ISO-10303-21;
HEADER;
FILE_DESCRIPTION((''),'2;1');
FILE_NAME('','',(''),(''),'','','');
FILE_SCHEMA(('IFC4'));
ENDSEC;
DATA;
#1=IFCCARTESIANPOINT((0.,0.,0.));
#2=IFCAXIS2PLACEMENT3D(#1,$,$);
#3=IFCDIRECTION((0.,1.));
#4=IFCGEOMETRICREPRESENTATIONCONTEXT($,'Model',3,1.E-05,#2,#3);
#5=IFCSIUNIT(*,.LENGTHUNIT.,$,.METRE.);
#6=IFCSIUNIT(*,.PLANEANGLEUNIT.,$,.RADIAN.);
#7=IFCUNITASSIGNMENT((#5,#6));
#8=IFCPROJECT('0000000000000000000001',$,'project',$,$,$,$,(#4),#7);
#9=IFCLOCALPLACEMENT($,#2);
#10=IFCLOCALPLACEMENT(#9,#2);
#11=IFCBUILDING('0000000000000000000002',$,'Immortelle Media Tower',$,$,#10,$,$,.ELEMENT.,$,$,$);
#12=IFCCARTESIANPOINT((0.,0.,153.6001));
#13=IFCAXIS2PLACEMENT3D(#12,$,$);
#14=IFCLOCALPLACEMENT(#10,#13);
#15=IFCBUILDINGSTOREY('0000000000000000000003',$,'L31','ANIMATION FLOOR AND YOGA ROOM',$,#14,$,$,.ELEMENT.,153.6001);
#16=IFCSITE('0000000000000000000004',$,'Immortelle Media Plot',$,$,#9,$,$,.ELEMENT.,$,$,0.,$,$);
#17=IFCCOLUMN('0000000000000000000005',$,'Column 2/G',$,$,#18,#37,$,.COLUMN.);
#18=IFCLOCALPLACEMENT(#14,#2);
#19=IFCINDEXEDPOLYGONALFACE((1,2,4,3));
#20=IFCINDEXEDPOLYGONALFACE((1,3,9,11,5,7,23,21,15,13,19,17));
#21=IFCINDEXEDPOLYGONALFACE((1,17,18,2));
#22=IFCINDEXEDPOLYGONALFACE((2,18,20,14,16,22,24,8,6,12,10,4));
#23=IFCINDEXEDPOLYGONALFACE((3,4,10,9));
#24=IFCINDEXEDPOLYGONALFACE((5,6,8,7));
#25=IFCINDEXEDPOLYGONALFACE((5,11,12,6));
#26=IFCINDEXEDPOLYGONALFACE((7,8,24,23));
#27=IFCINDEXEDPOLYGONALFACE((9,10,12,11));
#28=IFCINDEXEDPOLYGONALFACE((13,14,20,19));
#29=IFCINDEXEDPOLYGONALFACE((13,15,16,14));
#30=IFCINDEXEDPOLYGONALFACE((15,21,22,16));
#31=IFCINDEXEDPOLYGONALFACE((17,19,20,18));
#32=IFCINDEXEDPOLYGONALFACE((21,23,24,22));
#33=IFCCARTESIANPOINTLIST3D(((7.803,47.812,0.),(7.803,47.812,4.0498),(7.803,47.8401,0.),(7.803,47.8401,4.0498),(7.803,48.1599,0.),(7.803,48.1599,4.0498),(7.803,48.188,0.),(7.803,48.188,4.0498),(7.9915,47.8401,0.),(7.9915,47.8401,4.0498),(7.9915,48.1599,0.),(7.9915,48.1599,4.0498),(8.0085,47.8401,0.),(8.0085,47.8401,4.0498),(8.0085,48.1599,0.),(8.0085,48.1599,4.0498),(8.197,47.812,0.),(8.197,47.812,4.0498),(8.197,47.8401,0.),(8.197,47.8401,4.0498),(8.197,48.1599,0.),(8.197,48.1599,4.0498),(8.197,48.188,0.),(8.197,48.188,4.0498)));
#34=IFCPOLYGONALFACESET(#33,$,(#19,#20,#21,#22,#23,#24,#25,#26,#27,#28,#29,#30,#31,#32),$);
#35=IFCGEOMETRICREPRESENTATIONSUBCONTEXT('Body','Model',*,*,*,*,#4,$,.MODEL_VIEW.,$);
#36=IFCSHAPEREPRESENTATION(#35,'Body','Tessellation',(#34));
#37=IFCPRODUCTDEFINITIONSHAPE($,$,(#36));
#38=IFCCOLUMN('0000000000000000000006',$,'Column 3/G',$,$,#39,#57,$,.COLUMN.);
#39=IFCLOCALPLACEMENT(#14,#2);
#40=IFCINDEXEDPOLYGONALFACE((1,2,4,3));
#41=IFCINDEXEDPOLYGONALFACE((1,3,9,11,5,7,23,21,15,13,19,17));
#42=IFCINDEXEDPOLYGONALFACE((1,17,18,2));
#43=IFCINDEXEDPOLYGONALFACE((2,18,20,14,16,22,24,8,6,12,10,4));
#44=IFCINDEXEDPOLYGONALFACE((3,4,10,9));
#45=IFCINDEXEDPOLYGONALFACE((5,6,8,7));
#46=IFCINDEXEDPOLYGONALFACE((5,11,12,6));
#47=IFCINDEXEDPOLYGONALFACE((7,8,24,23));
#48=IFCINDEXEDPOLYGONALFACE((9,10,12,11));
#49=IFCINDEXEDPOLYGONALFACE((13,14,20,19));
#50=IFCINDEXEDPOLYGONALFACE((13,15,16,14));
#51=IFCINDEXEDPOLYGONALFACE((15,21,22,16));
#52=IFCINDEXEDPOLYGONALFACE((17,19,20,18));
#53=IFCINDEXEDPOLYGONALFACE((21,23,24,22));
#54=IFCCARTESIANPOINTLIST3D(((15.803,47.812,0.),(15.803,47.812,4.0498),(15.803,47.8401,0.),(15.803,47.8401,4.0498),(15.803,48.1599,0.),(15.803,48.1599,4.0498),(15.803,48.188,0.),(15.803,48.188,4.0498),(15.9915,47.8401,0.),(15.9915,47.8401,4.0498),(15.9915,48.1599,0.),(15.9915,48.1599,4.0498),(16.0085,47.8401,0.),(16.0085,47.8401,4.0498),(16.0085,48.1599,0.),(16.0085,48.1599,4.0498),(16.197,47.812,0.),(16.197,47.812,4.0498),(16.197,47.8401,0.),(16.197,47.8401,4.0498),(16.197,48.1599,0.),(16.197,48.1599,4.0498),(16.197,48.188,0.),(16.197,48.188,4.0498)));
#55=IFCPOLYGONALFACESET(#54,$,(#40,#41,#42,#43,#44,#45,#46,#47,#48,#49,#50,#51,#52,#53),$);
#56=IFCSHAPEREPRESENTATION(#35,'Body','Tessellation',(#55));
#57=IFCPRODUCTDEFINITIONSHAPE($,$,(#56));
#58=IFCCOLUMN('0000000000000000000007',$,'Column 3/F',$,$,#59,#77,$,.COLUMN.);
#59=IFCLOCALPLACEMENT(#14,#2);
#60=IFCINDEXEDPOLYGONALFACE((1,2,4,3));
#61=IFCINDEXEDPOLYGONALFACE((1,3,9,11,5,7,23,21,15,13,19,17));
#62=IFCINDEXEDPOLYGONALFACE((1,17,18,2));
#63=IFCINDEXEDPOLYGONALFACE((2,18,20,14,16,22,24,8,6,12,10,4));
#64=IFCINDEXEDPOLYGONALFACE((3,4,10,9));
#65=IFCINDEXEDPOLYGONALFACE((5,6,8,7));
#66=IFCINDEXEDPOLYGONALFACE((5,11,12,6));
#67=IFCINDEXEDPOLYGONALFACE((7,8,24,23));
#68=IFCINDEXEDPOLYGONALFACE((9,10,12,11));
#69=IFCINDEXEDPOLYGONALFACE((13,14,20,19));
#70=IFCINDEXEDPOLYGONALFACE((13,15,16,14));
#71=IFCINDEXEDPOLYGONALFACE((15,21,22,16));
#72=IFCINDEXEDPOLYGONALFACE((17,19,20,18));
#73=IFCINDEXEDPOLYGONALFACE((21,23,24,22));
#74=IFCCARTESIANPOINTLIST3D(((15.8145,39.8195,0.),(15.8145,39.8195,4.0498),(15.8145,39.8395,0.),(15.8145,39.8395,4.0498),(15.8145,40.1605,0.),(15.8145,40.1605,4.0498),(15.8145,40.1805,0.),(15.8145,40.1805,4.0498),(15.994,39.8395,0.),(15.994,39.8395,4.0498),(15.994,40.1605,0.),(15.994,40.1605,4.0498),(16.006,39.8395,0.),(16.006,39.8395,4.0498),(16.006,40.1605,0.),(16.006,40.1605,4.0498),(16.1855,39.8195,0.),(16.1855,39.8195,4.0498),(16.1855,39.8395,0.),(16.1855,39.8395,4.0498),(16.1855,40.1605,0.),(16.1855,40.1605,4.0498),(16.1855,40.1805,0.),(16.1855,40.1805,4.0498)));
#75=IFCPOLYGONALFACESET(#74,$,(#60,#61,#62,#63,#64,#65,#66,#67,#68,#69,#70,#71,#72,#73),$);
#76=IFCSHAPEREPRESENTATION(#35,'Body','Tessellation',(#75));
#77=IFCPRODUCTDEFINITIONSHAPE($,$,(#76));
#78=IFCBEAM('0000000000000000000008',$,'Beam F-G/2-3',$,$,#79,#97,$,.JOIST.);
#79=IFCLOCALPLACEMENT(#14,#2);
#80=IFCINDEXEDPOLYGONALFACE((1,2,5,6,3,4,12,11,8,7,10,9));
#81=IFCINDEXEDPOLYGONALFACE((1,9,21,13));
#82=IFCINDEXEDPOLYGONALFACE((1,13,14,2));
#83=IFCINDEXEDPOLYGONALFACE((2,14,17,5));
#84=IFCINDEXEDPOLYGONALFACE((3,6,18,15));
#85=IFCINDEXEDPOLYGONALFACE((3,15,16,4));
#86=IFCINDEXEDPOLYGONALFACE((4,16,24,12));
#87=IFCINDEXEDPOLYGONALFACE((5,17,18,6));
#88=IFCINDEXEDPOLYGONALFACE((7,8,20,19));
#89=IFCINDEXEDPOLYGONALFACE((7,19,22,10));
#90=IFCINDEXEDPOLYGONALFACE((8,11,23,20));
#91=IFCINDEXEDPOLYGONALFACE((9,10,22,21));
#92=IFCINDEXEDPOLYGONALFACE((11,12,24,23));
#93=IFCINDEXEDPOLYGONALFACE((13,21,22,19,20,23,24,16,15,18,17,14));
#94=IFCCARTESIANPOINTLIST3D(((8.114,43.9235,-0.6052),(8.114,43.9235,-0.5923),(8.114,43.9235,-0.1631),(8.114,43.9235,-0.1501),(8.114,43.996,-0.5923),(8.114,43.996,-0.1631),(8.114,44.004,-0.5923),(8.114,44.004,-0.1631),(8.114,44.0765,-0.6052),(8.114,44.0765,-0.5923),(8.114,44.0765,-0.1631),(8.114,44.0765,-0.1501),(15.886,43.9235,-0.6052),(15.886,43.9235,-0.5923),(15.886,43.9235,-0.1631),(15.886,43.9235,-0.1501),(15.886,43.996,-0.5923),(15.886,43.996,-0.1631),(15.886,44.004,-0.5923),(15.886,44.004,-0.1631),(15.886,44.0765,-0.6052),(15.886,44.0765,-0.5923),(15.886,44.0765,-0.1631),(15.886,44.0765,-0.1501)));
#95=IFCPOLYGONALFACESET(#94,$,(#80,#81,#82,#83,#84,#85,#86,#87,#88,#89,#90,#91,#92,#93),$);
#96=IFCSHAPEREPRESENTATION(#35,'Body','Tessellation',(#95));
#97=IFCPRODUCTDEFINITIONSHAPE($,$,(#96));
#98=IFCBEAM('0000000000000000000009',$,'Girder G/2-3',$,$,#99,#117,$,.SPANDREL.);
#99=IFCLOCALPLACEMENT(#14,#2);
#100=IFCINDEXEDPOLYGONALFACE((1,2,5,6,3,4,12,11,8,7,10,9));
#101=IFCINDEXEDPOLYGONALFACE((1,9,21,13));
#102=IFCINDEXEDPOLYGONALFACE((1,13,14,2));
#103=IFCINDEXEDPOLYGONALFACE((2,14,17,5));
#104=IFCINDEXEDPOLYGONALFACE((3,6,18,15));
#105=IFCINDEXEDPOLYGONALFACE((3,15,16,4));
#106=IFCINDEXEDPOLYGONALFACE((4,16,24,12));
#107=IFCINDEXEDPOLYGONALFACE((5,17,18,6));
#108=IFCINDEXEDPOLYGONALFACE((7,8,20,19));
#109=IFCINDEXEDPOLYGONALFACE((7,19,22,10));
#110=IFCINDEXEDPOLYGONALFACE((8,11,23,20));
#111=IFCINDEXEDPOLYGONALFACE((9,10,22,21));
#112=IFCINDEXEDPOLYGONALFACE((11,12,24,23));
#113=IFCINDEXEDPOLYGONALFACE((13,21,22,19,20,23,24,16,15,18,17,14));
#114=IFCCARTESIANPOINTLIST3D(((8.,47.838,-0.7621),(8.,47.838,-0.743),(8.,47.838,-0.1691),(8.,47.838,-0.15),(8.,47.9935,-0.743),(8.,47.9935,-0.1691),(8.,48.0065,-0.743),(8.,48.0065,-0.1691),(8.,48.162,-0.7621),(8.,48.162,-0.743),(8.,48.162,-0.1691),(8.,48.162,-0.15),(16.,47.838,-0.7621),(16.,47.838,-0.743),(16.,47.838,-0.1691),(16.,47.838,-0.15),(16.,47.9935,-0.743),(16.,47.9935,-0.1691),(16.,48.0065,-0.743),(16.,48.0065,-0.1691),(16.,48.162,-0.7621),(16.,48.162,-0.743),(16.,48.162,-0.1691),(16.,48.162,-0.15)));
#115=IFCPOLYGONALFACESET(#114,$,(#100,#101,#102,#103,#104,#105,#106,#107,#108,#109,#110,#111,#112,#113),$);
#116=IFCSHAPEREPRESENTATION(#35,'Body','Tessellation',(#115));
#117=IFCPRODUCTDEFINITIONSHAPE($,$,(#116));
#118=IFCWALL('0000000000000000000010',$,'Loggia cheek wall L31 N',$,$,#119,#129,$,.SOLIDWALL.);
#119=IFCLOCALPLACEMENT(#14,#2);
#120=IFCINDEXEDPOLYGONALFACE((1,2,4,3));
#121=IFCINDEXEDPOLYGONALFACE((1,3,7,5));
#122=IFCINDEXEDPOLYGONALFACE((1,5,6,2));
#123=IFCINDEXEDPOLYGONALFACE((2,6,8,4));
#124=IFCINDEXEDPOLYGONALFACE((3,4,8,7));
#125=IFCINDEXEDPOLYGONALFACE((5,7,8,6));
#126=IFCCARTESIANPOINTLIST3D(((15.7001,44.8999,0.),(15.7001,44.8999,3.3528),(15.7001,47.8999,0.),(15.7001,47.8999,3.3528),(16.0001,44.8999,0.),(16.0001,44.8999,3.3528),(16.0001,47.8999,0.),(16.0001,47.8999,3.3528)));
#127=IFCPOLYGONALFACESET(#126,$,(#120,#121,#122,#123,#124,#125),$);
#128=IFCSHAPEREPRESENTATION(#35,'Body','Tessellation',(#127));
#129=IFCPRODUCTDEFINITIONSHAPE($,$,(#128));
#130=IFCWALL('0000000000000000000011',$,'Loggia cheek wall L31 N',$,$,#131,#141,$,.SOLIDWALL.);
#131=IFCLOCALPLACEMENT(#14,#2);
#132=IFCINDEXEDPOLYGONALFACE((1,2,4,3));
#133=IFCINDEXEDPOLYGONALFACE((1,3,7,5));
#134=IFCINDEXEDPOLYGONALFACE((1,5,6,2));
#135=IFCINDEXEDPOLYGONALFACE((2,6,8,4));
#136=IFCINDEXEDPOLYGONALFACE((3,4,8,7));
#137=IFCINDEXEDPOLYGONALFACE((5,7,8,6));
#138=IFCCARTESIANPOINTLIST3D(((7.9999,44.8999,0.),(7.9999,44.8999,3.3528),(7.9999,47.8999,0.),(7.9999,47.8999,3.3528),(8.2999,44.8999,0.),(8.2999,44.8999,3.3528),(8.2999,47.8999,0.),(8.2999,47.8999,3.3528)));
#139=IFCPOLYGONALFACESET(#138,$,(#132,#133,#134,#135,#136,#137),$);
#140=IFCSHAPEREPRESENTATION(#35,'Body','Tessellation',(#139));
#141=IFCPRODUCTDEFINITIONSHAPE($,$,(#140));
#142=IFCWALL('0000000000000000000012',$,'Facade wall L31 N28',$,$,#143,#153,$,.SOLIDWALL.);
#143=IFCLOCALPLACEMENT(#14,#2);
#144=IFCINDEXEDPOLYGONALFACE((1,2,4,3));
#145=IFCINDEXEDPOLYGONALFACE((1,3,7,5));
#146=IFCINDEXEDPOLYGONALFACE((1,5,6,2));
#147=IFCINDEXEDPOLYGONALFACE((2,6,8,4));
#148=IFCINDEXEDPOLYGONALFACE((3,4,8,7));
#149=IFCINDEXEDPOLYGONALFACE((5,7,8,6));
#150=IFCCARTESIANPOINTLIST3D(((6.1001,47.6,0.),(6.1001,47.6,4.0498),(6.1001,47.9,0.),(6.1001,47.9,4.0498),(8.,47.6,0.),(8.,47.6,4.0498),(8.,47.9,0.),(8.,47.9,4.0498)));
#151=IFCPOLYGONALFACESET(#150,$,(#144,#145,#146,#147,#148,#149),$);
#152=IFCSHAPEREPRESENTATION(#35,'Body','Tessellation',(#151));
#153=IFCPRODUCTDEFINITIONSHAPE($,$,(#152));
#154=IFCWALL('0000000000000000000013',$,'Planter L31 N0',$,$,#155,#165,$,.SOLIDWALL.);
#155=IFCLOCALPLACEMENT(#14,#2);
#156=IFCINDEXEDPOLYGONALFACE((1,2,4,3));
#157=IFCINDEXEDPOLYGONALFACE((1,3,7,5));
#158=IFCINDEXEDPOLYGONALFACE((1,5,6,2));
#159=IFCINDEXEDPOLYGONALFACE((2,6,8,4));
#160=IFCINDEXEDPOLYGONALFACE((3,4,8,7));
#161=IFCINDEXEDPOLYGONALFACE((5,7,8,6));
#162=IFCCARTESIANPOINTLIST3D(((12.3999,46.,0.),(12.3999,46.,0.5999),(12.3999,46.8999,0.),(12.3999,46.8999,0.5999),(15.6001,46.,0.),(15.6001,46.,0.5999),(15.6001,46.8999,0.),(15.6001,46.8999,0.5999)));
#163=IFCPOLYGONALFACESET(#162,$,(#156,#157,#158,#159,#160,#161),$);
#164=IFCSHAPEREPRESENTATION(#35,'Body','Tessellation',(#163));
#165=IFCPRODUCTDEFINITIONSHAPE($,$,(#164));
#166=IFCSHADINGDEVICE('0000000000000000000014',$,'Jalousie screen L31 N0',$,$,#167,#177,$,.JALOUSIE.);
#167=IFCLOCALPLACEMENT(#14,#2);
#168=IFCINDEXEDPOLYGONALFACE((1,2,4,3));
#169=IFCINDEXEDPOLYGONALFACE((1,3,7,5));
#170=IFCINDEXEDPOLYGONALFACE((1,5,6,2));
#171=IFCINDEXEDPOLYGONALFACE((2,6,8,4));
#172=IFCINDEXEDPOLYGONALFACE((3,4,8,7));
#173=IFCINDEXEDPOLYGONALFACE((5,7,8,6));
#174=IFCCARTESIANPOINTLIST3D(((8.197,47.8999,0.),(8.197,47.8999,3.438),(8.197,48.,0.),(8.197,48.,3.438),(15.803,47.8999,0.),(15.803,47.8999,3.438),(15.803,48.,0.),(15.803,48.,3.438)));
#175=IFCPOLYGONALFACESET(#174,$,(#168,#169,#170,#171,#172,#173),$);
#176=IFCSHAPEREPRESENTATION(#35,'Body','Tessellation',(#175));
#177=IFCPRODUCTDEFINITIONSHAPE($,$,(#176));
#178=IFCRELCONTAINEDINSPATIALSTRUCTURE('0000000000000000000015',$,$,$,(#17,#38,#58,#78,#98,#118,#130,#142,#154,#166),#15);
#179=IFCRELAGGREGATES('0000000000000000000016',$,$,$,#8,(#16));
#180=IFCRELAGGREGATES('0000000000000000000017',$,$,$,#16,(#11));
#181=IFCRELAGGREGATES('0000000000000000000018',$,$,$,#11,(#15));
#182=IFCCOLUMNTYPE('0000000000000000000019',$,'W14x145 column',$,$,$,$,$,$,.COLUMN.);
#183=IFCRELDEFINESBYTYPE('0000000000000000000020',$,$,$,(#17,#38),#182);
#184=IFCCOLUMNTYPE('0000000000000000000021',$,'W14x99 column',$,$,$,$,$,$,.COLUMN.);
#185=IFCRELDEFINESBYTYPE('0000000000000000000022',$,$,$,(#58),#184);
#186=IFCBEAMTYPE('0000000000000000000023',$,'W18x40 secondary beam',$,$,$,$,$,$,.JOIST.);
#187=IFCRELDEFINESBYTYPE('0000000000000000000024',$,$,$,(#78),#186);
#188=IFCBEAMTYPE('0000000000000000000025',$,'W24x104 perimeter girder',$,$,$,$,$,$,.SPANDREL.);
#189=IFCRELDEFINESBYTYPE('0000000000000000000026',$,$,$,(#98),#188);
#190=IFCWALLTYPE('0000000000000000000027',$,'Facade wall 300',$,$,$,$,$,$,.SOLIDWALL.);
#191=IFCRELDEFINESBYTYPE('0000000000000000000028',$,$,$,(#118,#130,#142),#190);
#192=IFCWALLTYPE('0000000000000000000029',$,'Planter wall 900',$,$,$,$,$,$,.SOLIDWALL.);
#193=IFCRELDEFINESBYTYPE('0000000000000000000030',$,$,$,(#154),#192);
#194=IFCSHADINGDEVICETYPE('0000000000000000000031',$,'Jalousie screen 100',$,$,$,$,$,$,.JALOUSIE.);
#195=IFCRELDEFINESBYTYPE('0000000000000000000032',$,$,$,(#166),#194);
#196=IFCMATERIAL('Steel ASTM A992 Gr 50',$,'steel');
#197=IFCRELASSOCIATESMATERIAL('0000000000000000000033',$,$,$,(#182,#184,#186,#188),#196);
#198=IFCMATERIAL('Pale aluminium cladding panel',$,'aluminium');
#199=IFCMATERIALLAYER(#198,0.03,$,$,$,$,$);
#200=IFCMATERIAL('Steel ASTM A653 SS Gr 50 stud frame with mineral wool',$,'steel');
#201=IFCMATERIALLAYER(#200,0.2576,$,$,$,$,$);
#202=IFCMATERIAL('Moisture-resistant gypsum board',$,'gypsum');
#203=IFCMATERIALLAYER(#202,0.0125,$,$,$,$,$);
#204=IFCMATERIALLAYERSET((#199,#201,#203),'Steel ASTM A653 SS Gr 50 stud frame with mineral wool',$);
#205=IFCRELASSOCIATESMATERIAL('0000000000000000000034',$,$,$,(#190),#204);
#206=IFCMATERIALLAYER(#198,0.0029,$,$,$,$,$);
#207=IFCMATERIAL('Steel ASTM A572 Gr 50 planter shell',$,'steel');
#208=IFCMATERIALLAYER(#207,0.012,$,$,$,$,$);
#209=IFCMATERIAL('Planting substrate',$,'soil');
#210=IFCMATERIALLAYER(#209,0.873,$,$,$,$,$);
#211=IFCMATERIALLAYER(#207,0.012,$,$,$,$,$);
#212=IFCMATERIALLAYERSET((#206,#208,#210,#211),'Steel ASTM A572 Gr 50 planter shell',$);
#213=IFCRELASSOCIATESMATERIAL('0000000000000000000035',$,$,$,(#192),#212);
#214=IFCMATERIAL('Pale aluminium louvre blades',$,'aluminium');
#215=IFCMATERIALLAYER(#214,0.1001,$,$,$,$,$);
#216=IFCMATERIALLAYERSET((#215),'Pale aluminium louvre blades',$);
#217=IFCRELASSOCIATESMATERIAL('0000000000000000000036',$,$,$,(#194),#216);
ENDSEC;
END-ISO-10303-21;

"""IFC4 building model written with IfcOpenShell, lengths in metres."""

from ifc_helpers import new_model, si_unit, direction, frame, frame_2d, origin, origin_2d, place, context, subcontext, project, spatial, rectangle, i_section, extrude, material, layer, layer_set, material_profile, profile_set, type_object, element, save


model = new_model("IFC4")

# Units and contexts
model_context = context("Model", 3, precision=1e-05, world=origin(), true_north=direction((0.0, 1.0)))
body_context = subcontext(model_context, "Body", "Model", "MODEL_VIEW")
ifc_project = project(units=[si_unit("LENGTHUNIT", "METRE"), si_unit("PLANEANGLEUNIT", "RADIAN")], contexts=[model_context])

# Site, building, storey
site_placement = place(None, origin())
site = spatial("IfcSite", under=ifc_project, at=site_placement, Name="Immortelle Media Plot", CompositionType="ELEMENT", RefElevation=0.0)
building_placement = place(site_placement, origin())
building = spatial("IfcBuilding", under=site, at=building_placement, Name="Immortelle Media Tower", CompositionType="ELEMENT")
storey_placement = place(building_placement, frame((0.0, 0.0, 153.6001)))
storey = spatial("IfcBuildingStorey", under=building, at=storey_placement, Name="L31", Description="ANIMATION FLOOR AND YOGA ROOM", CompositionType="ELEMENT", Elevation=153.6001)

# Columns
ifc_material_1 = material(Name="Steel ASTM A992 Gr 50", Category="steel")
ifc_material_profile_1 = material_profile(ifc_material_1, i_section(OverallWidth=0.394, OverallDepth=0.376, WebThickness=0.0171, FlangeThickness=0.0281, at=origin_2d()), Name="W14x145")
ifc_profile_set_1 = profile_set([ifc_material_profile_1], Name="Steel ASTM A992 Gr 50")
column_type_1 = type_object("IfcColumnType", Name="W14x145 column", PredefinedType="COLUMN", material=ifc_profile_set_1)
for number, where, z_axis, x_axis, name in (
    (1, (8.0, 48.0, 0.0), (0.0, 0.0, 1.0), (1.0, 0.0, 0.0), "Column 2/G"),
    (2, (16.0, 48.0, 0.0), (0.0, 0.0, 1.0), (1.0, 0.0, 0.0), "Column 3/G"),
):
    element("IfcColumn", number, at=place(storey_placement, frame(where, z_axis=z_axis, x_axis=x_axis)), inside=storey, type_object=column_type_1, Name=name, PredefinedType="COLUMN", context=body_context, shape_type="SweptSolid", body=[
        extrude(i_section(OverallWidth=0.394, OverallDepth=0.376, WebThickness=0.0171, FlangeThickness=0.0281, at=origin_2d()), origin(), (0.0, 0.0, 1.0), 4.0498),
    ])
ifc_material_profile_2 = material_profile(ifc_material_1, i_section(OverallWidth=0.3711, OverallDepth=0.3611, WebThickness=0.012, FlangeThickness=0.02, at=origin_2d()), Name="W14x99")
ifc_profile_set_2 = profile_set([ifc_material_profile_2], Name="Steel ASTM A992 Gr 50")
column_type_2 = type_object("IfcColumnType", Name="W14x99 column", PredefinedType="COLUMN", material=ifc_profile_set_2)
column_placement = place(storey_placement, frame((16.0, 40.0, 0.0), z_axis=(0.0, 0.0, 1.0), x_axis=(1.0, 0.0, 0.0)))
element("IfcColumn", 3, at=column_placement, inside=storey, type_object=column_type_2, Name="Column 3/F", PredefinedType="COLUMN", context=body_context, shape_type="SweptSolid", body=[
    extrude(i_section(OverallWidth=0.3711, OverallDepth=0.3611, WebThickness=0.012, FlangeThickness=0.02, at=origin_2d()), origin(), (0.0, 0.0, 1.0), 4.0498),
])

# Beams
ifc_material_profile_3 = material_profile(ifc_material_1, i_section(OverallWidth=0.1531, OverallDepth=0.4551, WebThickness=0.0081, FlangeThickness=0.0129, at=origin_2d()), Name="W18x40")
ifc_profile_set_3 = profile_set([ifc_material_profile_3], Name="Steel ASTM A992 Gr 50")
beam_type_1 = type_object("IfcBeamType", Name="W18x40 secondary beam", PredefinedType="JOIST", material=ifc_profile_set_3)
beam_1_placement = place(storey_placement, frame((8.114, 44.0, -0.3777), z_axis=(1.0, 0.0, 0.0), x_axis=(0.0, 1.0, 0.0)))
element("IfcBeam", 4, at=beam_1_placement, inside=storey, type_object=beam_type_1, Name="Beam F-G/2-3", PredefinedType="JOIST", context=body_context, shape_type="SweptSolid", body=[
    extrude(i_section(OverallWidth=0.1531, OverallDepth=0.4551, WebThickness=0.0081, FlangeThickness=0.0129, at=origin_2d()), origin(), (0.0, 0.0, 1.0), 7.772),
])
ifc_material_profile_4 = material_profile(ifc_material_1, i_section(OverallWidth=0.324, OverallDepth=0.6121, WebThickness=0.0129, FlangeThickness=0.019, at=origin_2d()), Name="W24x104")
ifc_profile_set_4 = profile_set([ifc_material_profile_4], Name="Steel ASTM A992 Gr 50")
beam_type_2 = type_object("IfcBeamType", Name="W24x104 perimeter girder", PredefinedType="SPANDREL", material=ifc_profile_set_4)
beam_2_placement = place(storey_placement, frame((8.0, 48.0, -0.4561), z_axis=(1.0, 0.0, 0.0), x_axis=(0.0, 1.0, 0.0)))
element("IfcBeam", 5, at=beam_2_placement, inside=storey, type_object=beam_type_2, Name="Girder G/2-3", PredefinedType="SPANDREL", context=body_context, shape_type="SweptSolid", body=[
    extrude(i_section(OverallWidth=0.324, OverallDepth=0.6121, WebThickness=0.0129, FlangeThickness=0.019, at=origin_2d()), origin(), (0.0, 0.0, 1.0), 8.0),
])

# Shared definitions
ifc_material_2 = material(Name="Pale aluminium cladding panel", Category="aluminium")
ifc_layer_1 = layer(ifc_material_2, 0.03)
ifc_material_3 = material(Name="Steel ASTM A653 SS Gr 50 stud frame with mineral wool", Category="steel")
ifc_layer_2 = layer(ifc_material_3, 0.2576)
ifc_material_4 = material(Name="Moisture-resistant gypsum board", Category="gypsum")
ifc_layer_3 = layer(ifc_material_4, 0.0125)
ifc_layer_set_1 = layer_set([ifc_layer_1, ifc_layer_2, ifc_layer_3], Name="Steel ASTM A653 SS Gr 50 stud frame with mineral wool")
wall_type_1 = type_object("IfcWallType", Name="Facade wall 300", PredefinedType="SOLIDWALL", material=ifc_layer_set_1)

# Walls
for number, where, z_axis, x_axis, name in (
    (6, (15.8501, 47.8999, 0.0), (0.0, 0.0, 1.0), (0.0, -1.0, 0.0), "Loggia cheek wall L31 N"),
    (7, (8.1499, 47.8999, 0.0), (0.0, 0.0, 1.0), (0.0, -1.0, 0.0), "Loggia cheek wall L31 N"),
):
    element("IfcWall", number, at=place(storey_placement, frame(where, z_axis=z_axis, x_axis=x_axis)), inside=storey, type_object=wall_type_1, Name=name, PredefinedType="SOLIDWALL", context=body_context, shape_type="SweptSolid", body=[
        extrude(rectangle(XDim=3.0, YDim=0.3, at=frame_2d((1.5, 0.0))), origin(), (0.0, 0.0, 1.0), 3.3528),
    ])
wall_1_placement = place(storey_placement, frame((8.0, 47.75, 0.0), z_axis=(0.0, 0.0, 1.0), x_axis=(-1.0, 0.0, 0.0)))
element("IfcWall", 8, at=wall_1_placement, inside=storey, type_object=wall_type_1, Name="Facade wall L31 N28", PredefinedType="SOLIDWALL", context=body_context, shape_type="SweptSolid", body=[
    extrude(rectangle(XDim=1.8999, YDim=0.3, at=frame_2d((0.95, 0.0))), origin(), (0.0, 0.0, 1.0), 4.0498),
])
ifc_layer_4 = layer(ifc_material_2, 0.0029)
ifc_material_5 = material(Name="Steel ASTM A572 Gr 50 planter shell", Category="steel")
ifc_layer_5 = layer(ifc_material_5, 0.012)
ifc_material_6 = material(Name="Planting substrate", Category="soil")
ifc_layer_6 = layer(ifc_material_6, 0.873)
ifc_layer_7 = layer(ifc_material_5, 0.012)
ifc_layer_set_2 = layer_set([ifc_layer_4, ifc_layer_5, ifc_layer_6, ifc_layer_7], Name="Steel ASTM A572 Gr 50 planter shell")
wall_type_2 = type_object("IfcWallType", Name="Planter wall 900", PredefinedType="SOLIDWALL", material=ifc_layer_set_2)
wall_2_placement = place(storey_placement, frame((15.6001, 46.45, 0.0), z_axis=(0.0, 0.0, 1.0), x_axis=(-1.0, 0.0, 0.0)))
element("IfcWall", 9, at=wall_2_placement, inside=storey, type_object=wall_type_2, Name="Planter L31 N0", PredefinedType="SOLIDWALL", context=body_context, shape_type="SweptSolid", body=[
    extrude(rectangle(XDim=3.2002, YDim=0.8999, at=frame_2d((1.6001, 0.0))), origin(), (0.0, 0.0, 1.0), 0.5999),
])

# Shading device
ifc_material_7 = material(Name="Pale aluminium louvre blades", Category="aluminium")
ifc_layer_8 = layer(ifc_material_7, 0.1001)
ifc_layer_set_3 = layer_set([ifc_layer_8], Name="Pale aluminium louvre blades")
shading_device_type = type_object("IfcShadingDeviceType", Name="Jalousie screen 100", PredefinedType="JALOUSIE", material=ifc_layer_set_3)
shading_device_placement = place(storey_placement, frame((12.0, 47.95, 0.0), z_axis=(0.0, 0.0, 1.0), x_axis=(-1.0, 0.0, 0.0)))
element("IfcShadingDevice", 10, at=shading_device_placement, inside=storey, type_object=shading_device_type, Name="Jalousie screen L31 N0", PredefinedType="JALOUSIE", context=body_context, shape_type="SweptSolid", body=[
    extrude(rectangle(XDim=7.606, YDim=0.1001, at=origin_2d()), origin(), (0.0, 0.0, 1.0), 3.438),
])

save(model, "model.ifc")
